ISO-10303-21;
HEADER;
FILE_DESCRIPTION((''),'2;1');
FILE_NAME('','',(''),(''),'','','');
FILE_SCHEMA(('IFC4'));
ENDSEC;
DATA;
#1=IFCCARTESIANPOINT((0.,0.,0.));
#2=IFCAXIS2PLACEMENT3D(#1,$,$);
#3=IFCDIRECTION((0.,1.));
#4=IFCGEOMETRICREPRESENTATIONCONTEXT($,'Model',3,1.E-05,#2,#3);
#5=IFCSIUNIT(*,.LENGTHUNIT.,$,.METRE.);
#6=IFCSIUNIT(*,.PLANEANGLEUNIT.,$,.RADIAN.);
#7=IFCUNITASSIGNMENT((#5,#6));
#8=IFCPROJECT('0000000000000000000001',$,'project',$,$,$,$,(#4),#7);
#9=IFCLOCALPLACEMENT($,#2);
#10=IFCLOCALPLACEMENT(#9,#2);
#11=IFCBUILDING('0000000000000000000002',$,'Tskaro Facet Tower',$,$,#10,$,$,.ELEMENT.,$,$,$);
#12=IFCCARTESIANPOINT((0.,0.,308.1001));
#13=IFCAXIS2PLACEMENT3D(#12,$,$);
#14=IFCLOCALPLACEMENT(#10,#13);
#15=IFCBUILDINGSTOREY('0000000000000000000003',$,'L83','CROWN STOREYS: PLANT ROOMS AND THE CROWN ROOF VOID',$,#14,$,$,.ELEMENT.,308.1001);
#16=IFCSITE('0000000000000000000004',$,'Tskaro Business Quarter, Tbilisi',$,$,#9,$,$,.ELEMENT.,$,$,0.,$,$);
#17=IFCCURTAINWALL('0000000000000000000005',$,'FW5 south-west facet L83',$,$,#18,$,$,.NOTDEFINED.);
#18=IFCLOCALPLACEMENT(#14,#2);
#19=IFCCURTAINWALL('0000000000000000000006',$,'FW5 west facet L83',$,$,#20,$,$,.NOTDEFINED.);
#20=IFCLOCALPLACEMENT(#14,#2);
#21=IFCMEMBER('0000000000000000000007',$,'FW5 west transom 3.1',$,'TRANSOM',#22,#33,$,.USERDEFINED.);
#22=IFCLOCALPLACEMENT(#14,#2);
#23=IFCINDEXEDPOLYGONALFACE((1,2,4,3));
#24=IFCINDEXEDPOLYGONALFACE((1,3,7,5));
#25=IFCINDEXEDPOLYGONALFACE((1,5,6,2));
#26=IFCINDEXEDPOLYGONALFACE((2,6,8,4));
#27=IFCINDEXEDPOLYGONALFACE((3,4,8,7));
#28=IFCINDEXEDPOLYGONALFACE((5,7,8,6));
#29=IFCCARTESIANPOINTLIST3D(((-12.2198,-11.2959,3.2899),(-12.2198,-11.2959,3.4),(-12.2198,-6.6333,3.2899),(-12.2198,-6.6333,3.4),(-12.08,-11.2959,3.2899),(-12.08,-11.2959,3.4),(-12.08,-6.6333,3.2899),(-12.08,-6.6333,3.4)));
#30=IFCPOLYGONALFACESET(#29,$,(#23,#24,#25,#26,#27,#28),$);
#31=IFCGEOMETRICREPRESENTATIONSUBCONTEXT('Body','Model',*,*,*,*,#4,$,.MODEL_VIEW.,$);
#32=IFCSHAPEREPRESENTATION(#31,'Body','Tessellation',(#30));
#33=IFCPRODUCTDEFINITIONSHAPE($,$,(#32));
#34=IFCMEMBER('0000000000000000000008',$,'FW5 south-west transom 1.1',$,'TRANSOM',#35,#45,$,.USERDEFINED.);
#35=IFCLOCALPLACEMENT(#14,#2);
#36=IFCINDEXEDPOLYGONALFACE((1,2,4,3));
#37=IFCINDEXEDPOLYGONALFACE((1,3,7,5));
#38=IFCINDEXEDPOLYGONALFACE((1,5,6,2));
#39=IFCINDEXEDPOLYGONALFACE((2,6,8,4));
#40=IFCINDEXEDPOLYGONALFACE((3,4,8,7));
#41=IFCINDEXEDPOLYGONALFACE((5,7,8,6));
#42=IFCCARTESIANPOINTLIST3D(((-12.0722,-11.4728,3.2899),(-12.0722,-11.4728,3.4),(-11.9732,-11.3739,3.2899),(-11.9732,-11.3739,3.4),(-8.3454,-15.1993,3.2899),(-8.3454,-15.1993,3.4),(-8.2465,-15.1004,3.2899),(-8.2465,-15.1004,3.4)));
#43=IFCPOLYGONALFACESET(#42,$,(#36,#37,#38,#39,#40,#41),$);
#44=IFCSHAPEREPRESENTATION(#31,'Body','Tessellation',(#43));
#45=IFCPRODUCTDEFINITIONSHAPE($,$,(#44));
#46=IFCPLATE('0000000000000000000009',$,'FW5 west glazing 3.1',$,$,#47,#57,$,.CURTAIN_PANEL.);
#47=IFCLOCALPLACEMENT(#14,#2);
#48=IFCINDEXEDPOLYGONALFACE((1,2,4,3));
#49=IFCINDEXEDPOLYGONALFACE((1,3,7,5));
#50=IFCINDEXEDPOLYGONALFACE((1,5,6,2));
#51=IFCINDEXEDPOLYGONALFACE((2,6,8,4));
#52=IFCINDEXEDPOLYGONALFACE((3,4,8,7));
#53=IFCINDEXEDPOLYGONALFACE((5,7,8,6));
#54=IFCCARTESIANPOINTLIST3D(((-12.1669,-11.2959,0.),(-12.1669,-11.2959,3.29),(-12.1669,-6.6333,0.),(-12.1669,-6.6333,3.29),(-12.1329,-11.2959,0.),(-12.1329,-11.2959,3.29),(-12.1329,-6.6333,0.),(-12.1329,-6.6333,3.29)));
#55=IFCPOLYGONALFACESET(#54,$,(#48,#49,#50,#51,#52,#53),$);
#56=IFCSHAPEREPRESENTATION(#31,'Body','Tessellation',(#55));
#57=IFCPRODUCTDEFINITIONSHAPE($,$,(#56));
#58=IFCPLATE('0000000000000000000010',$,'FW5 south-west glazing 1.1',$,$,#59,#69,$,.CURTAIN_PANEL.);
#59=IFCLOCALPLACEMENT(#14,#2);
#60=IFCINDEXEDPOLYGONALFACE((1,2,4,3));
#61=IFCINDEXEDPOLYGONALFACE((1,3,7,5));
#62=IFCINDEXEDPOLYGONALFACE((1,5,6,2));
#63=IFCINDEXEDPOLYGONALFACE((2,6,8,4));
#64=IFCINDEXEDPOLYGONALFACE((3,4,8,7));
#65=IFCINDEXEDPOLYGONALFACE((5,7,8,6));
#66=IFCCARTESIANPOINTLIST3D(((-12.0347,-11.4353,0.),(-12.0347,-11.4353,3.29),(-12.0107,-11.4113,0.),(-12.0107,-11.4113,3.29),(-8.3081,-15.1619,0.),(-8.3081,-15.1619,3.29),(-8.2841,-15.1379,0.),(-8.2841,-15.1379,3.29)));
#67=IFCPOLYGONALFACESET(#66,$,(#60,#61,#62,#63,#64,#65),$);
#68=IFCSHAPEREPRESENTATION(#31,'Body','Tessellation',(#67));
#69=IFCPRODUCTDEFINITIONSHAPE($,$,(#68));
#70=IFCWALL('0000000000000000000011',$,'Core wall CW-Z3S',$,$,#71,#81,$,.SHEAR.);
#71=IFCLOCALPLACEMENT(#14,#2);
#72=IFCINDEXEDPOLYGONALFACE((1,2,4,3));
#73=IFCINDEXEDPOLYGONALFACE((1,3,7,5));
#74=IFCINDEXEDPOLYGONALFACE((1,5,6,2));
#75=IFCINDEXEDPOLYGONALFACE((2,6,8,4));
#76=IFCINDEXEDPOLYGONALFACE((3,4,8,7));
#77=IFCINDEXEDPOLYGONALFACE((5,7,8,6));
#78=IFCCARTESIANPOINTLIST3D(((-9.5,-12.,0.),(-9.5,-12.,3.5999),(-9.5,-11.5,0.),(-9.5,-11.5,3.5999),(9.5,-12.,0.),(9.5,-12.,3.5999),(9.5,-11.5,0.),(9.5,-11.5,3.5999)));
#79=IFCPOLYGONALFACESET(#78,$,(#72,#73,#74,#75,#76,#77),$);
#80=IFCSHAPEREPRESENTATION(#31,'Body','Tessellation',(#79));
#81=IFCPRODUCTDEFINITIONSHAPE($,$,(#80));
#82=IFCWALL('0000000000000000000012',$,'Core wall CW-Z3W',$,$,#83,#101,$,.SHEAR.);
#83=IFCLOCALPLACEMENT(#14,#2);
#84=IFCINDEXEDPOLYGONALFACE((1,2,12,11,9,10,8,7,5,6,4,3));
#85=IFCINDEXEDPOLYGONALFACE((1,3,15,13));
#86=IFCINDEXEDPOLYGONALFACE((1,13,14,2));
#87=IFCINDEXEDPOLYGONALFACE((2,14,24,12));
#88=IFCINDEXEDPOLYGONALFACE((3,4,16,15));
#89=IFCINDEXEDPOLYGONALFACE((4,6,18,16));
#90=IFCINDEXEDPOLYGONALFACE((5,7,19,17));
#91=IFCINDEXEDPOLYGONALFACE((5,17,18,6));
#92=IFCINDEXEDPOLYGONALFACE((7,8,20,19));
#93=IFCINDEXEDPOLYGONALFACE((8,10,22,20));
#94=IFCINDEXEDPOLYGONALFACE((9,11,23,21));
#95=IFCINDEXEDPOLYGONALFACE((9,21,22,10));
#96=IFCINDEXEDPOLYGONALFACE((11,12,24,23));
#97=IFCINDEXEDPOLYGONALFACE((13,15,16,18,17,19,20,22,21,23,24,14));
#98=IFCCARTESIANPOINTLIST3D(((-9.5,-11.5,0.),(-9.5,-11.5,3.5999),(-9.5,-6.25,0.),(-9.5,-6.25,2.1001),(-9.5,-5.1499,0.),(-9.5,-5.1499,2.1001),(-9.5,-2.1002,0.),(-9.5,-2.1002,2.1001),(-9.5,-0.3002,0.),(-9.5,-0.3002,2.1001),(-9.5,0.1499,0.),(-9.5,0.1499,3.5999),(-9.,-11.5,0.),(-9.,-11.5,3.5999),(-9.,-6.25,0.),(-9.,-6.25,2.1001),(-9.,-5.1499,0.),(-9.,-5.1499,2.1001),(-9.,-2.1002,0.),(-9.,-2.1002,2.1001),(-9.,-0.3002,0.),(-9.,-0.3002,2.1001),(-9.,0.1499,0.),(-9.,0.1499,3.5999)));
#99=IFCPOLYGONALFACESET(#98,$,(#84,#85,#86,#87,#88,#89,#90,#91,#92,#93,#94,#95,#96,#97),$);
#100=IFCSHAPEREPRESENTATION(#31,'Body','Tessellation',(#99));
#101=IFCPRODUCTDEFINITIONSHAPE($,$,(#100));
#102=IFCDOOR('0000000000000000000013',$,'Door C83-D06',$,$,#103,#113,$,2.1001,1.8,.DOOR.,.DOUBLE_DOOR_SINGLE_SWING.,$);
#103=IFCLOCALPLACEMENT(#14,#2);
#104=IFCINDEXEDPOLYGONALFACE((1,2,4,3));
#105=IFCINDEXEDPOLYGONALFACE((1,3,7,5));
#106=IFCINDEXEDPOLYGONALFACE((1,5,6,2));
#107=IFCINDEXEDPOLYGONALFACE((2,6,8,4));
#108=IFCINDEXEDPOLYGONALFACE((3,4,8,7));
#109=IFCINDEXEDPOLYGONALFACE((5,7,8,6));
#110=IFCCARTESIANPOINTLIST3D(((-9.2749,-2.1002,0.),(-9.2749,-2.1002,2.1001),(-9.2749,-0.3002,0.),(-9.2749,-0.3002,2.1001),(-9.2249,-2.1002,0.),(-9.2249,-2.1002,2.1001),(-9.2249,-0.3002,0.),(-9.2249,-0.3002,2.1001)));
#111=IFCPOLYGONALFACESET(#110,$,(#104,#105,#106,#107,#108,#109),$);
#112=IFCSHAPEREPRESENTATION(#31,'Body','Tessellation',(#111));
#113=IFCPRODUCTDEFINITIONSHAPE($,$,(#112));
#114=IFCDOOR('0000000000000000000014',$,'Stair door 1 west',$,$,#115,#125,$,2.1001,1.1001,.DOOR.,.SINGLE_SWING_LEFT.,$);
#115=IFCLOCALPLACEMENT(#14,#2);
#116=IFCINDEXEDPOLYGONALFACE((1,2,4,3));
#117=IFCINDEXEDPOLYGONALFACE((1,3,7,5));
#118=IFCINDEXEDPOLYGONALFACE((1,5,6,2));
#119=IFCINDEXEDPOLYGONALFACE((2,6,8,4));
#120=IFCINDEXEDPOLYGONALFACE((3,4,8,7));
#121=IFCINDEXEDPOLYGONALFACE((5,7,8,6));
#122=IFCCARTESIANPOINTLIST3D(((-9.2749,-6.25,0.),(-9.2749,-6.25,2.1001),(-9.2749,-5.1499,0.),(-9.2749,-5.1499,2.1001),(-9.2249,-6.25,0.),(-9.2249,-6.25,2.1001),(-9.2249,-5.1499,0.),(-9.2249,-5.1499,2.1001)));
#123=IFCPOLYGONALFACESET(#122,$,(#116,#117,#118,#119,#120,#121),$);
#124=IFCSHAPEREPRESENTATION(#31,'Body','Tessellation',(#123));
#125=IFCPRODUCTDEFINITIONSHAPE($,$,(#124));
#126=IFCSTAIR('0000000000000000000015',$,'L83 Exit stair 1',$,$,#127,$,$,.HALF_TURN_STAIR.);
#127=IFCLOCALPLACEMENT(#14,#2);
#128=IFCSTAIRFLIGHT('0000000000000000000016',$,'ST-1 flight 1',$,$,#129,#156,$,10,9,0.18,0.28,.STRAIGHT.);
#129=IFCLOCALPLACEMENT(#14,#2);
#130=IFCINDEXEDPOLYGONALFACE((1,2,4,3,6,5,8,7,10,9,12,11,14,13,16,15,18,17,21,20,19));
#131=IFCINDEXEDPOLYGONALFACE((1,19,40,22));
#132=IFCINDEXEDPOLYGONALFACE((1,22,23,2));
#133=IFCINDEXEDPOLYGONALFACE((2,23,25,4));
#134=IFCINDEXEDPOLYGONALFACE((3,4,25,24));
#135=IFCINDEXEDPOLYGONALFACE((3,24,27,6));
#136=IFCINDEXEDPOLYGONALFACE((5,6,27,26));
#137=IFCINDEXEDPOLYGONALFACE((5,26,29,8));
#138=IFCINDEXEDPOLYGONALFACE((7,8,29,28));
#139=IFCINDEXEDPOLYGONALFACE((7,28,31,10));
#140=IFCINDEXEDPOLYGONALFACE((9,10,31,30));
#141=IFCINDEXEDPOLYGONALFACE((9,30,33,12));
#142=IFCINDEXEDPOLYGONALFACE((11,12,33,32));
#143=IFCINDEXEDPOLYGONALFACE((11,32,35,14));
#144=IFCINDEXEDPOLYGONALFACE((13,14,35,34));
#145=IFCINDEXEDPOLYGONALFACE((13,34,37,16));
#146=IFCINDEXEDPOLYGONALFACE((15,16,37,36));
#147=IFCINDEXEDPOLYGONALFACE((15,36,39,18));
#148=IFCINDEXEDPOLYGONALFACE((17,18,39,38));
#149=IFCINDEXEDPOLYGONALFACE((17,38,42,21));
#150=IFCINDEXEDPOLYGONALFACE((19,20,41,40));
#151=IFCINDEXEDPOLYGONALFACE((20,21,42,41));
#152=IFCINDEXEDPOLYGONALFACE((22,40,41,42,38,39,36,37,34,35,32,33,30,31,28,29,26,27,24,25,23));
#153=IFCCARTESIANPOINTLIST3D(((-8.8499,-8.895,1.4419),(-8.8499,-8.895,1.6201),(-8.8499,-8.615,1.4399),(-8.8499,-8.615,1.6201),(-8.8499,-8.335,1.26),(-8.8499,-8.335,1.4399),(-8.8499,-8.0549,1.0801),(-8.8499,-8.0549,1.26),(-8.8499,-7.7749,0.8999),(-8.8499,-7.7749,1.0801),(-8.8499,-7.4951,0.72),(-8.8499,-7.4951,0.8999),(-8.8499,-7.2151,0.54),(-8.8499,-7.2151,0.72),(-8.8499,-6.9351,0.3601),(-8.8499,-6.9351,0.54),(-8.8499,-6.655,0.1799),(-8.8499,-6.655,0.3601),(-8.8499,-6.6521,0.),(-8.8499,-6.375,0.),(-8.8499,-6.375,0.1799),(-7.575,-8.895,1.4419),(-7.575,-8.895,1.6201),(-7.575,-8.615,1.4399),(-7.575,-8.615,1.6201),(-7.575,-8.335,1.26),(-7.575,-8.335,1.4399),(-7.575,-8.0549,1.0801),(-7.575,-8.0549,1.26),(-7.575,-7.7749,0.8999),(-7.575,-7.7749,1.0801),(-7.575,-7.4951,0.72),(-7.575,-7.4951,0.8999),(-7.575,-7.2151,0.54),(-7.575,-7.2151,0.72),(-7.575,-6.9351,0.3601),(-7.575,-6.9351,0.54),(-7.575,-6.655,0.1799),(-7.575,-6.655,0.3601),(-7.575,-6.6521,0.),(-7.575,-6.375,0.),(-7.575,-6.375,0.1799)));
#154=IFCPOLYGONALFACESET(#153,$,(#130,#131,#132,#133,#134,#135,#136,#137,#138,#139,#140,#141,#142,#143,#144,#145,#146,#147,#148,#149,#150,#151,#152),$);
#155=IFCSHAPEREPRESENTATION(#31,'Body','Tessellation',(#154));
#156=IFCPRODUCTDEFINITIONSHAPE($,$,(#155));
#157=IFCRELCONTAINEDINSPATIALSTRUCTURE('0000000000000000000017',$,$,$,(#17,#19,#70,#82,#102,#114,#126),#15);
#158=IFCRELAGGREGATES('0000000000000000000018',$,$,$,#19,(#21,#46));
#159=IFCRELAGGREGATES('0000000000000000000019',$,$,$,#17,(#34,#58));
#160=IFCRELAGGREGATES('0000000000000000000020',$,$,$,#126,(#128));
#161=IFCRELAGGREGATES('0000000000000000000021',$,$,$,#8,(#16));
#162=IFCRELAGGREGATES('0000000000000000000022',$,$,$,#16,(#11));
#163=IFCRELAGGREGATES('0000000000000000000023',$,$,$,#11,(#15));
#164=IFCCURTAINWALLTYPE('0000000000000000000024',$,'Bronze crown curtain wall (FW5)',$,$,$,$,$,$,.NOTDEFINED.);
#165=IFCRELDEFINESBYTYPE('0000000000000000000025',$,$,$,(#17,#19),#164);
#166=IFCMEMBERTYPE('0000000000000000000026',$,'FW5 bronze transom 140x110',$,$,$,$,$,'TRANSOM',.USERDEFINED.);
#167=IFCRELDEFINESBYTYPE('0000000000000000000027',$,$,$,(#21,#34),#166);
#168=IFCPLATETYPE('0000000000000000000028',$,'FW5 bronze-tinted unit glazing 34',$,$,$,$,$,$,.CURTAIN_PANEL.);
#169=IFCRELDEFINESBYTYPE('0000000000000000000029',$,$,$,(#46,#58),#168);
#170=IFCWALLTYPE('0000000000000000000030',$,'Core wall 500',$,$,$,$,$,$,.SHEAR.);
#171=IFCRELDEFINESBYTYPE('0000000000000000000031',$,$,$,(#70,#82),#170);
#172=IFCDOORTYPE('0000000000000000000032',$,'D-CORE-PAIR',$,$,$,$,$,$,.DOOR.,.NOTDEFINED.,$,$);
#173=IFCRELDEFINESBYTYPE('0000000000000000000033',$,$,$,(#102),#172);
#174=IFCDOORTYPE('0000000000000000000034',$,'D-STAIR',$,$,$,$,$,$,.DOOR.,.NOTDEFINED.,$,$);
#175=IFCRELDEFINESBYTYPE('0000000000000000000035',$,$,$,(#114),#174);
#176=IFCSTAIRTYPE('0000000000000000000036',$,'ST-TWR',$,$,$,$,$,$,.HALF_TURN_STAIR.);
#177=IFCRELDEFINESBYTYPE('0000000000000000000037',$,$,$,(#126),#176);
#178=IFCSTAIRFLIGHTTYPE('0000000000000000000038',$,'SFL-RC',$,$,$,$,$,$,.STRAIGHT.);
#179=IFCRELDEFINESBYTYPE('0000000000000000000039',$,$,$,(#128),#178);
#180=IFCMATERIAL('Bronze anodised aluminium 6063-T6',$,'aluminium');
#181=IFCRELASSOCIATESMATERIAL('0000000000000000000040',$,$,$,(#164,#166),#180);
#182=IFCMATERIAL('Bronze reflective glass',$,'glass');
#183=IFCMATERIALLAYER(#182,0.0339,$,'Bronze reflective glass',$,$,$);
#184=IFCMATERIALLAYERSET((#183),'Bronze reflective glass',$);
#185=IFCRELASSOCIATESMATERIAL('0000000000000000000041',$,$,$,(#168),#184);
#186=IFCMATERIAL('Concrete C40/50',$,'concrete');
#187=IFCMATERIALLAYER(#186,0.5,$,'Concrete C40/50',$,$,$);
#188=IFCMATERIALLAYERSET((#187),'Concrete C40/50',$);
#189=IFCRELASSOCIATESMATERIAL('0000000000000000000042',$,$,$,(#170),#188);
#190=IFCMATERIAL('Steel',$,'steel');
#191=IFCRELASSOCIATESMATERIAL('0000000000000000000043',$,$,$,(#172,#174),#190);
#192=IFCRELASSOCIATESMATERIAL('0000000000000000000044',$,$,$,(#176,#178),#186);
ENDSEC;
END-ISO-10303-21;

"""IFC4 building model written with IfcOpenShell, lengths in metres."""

from ifc_helpers import new_model, si_unit, direction, frame, frame_2d, origin, origin_2d, place, context, subcontext, project, spatial, polyline, rectangle, outline, extrude, material, layer, layer_set, material_profile, profile_set, type_object, element, fill, aggregate, save


model = new_model("IFC4")

# Units and contexts
model_context = context("Model", 3, precision=1e-05, world=origin(), true_north=direction((0.0, 1.0)))
body_context = subcontext(model_context, "Body", "Model", "MODEL_VIEW")
ifc_project = project(units=[si_unit("LENGTHUNIT", "METRE"), si_unit("PLANEANGLEUNIT", "RADIAN")], contexts=[model_context])

# Site, building, storey
site_placement = place(None, origin())
site = spatial("IfcSite", under=ifc_project, at=site_placement, Name="Tskaro Business Quarter, Tbilisi", CompositionType="ELEMENT", RefElevation=0.0)
building_placement = place(site_placement, origin())
building = spatial("IfcBuilding", under=site, at=building_placement, Name="Tskaro Facet Tower", CompositionType="ELEMENT")
storey_placement = place(building_placement, frame((0.0, 0.0, 308.1001)))
storey = spatial("IfcBuildingStorey", under=building, at=storey_placement, Name="L83", Description="CROWN STOREYS: PLANT ROOMS AND THE CROWN ROOF VOID", CompositionType="ELEMENT", Elevation=308.1001)

# Curtain walls
ifc_material_1 = material(Name="Bronze anodised aluminium 6063-T6", Category="aluminium")
curtain_wall_type = type_object("IfcCurtainWallType", Name="Bronze crown curtain wall (FW5)", PredefinedType="NOTDEFINED", material=ifc_material_1)
curtain_wall_1_placement = place(storey_placement, origin())
curtain_wall_1 = element("IfcCurtainWall", 1, at=curtain_wall_1_placement, inside=storey, type_object=curtain_wall_type, Name="FW5 south-west facet L83", PredefinedType="NOTDEFINED")
curtain_wall_2_placement = place(storey_placement, origin())
curtain_wall_2 = element("IfcCurtainWall", 2, at=curtain_wall_2_placement, inside=storey, type_object=curtain_wall_type, Name="FW5 west facet L83", PredefinedType="NOTDEFINED")

# Members
ifc_material_profile_1 = material_profile(ifc_material_1, rectangle(XDim=0.1399, YDim=0.1101, at=origin_2d()), Name="Transom 140x110")
ifc_profile_set_1 = profile_set([ifc_material_profile_1], Name="Bronze anodised aluminium 6063-T6")
member_type_1 = type_object("IfcMemberType", Name="FW5 bronze transom 140x110", ElementType="TRANSOM", PredefinedType="USERDEFINED", material=ifc_profile_set_1)
member_1_placement = place(storey_placement, frame((-12.1499, -6.6333, 3.345), z_axis=(0.0, -1.0, 0.0), x_axis=(1.0, 0.0, 0.0)))
member_1 = element("IfcMember", 3, at=member_1_placement, type_object=member_type_1, Name="FW5 west transom 3.1", ObjectType="TRANSOM", PredefinedType="USERDEFINED", context=body_context, shape_type="SweptSolid", body=[
    extrude(rectangle(XDim=0.1399, YDim=0.1101, at=origin_2d()), origin(), (0.0, 0.0, 1.0), 4.6626),
])
member_2_placement = place(storey_placement, frame((-12.0227, -11.4233, 3.345), z_axis=(0.70713, -0.707084, 0.0), x_axis=(0.707084, 0.70713, 0.0)))
member_2 = element("IfcMember", 4, at=member_2_placement, type_object=member_type_1, Name="FW5 south-west transom 1.1", ObjectType="TRANSOM", PredefinedType="USERDEFINED", context=body_context, shape_type="SweptSolid", body=[
    extrude(rectangle(XDim=0.1399, YDim=0.1101, at=origin_2d()), origin(), (0.0, 0.0, 1.0), 5.2703),
])

# Plates
ifc_material_2 = material(Name="Bronze reflective glass", Category="glass")
ifc_layer_1 = layer(ifc_material_2, 0.0339, Name="Bronze reflective glass")
ifc_layer_set_1 = layer_set([ifc_layer_1], Name="Bronze reflective glass")
plate_type = type_object("IfcPlateType", Name="FW5 bronze-tinted unit glazing 34", PredefinedType="CURTAIN_PANEL", material=ifc_layer_set_1)
plate_1_placement = place(storey_placement, frame((-12.1499, -8.9646, 0.0), z_axis=(0.0, 0.0, 1.0), x_axis=(0.0, -1.0, 0.0)))
plate_1 = element("IfcPlate", 5, at=plate_1_placement, type_object=plate_type, Name="FW5 west glazing 3.1", PredefinedType="CURTAIN_PANEL", context=body_context, shape_type="SweptSolid", body=[
    extrude(rectangle(XDim=4.6626, YDim=0.0339, at=origin_2d()), origin(), (0.0, 0.0, 1.0), 3.29),
])
aggregate(curtain_wall_2, [member_1, plate_1])
plate_2_placement = place(storey_placement, frame((-10.1594, -13.2866, 0.0), z_axis=(0.0, 0.0, 1.0), x_axis=(0.707107, -0.707107, 0.0)))
plate_2 = element("IfcPlate", 6, at=plate_2_placement, type_object=plate_type, Name="FW5 south-west glazing 1.1", PredefinedType="CURTAIN_PANEL", context=body_context, shape_type="SweptSolid", body=[
    extrude(rectangle(XDim=5.2703, YDim=0.0339, at=origin_2d()), origin(), (0.0, 0.0, 1.0), 3.29),
])
aggregate(curtain_wall_1, [member_2, plate_2])

# Wall
ifc_material_3 = material(Name="Concrete C40/50", Category="concrete")
ifc_layer_2 = layer(ifc_material_3, 0.5, Name="Concrete C40/50")
ifc_layer_set_2 = layer_set([ifc_layer_2], Name="Concrete C40/50")
wall_type = type_object("IfcWallType", Name="Core wall 500", PredefinedType="SHEAR", material=ifc_layer_set_2)
wall_1_placement = place(storey_placement, frame((-9.5, -11.75, 0.0), z_axis=(0.0, 0.0, 1.0), x_axis=(1.0, 0.0, 0.0)))
element("IfcWall", 7, at=wall_1_placement, inside=storey, type_object=wall_type, Name="Core wall CW-Z3S", PredefinedType="SHEAR", context=body_context, shape_type="SweptSolid", body=[
    extrude(outline(polyline([(0.0, 0.0), (19.0, 0.0), (19.0, 3.5999), (0.0, 3.5999), (0.0, 0.0)])), frame((0.0, 0.25, 0.0), z_axis=(0.0, -1.0, 0.0), x_axis=(1.0, 0.0, 0.0)), (0.0, 0.0, 1.0), 0.5),
])

# Wall, openings, doors
wall_2_placement = place(storey_placement, frame((-9.25, -11.5, 0.0), z_axis=(0.0, 0.0, 1.0), x_axis=(0.0, 1.0, 0.0)))
wall_2 = element("IfcWall", 8, at=wall_2_placement, inside=storey, type_object=wall_type, Name="Core wall CW-Z3W", PredefinedType="SHEAR", context=body_context, shape_type="SweptSolid", body=[
    extrude(outline(polyline([(0.0, 0.0), (11.6499, 0.0), (11.6499, 3.5999), (0.0, 3.5999), (0.0, 0.0)])), frame((0.0, 0.25, 0.0), z_axis=(0.0, -1.0, 0.0), x_axis=(1.0, 0.0, 0.0)), (0.0, 0.0, 1.0), 0.5),
])
opening_1_placement = place(wall_2_placement, frame((9.3999, 0.0, 0.0)))
opening_1 = element("IfcOpeningElement", 9, at=opening_1_placement, cuts=wall_2, PredefinedType="OPENING", context=body_context, shape_type="SweptSolid", body=[
    extrude(rectangle(XDim=1.8, YDim=2.1001, at=frame_2d((0.8999, 1.05))), frame((0.0, 0.26, 0.0), z_axis=(0.0, -1.0, 0.0), x_axis=(1.0, 0.0, 0.0)), (0.0, 0.0, 1.0), 0.52),
])
opening_2_placement = place(wall_2_placement, frame((5.25, 0.0, 0.0)))
opening_2 = element("IfcOpeningElement", 10, at=opening_2_placement, cuts=wall_2, PredefinedType="OPENING", context=body_context, shape_type="SweptSolid", body=[
    extrude(rectangle(XDim=1.1001, YDim=2.1001, at=frame_2d((0.55, 1.05))), frame((0.0, 0.26, 0.0), z_axis=(0.0, -1.0, 0.0), x_axis=(1.0, 0.0, 0.0)), (0.0, 0.0, 1.0), 0.52),
])
ifc_material_4 = material(Name="Steel", Category="steel")
door_type_1 = type_object("IfcDoorType", Name="D-CORE-PAIR", OperationType="NOTDEFINED", PredefinedType="DOOR", material=ifc_material_4)
door_1_placement = place(opening_1_placement, origin())
door_1 = element("IfcDoor", 11, at=door_1_placement, inside=storey, type_object=door_type_1, Name="Door C83-D06", OperationType="DOUBLE_DOOR_SINGLE_SWING", OverallHeight=2.1001, OverallWidth=1.8, PredefinedType="DOOR", context=body_context, shape_type="SweptSolid", body=[
    extrude(rectangle(XDim=1.8, YDim=2.1001, at=frame_2d((0.8999, 1.05))), frame((0.0, 0.0249, 0.0), z_axis=(0.0, -1.0, 0.0), x_axis=(1.0, 0.0, 0.0)), (0.0, 0.0, 1.0), 0.05),
])
fill(opening_1, door_1)
door_type_2 = type_object("IfcDoorType", Name="D-STAIR", OperationType="NOTDEFINED", PredefinedType="DOOR", material=ifc_material_4)
door_2_placement = place(opening_2_placement, origin())
door_2 = element("IfcDoor", 12, at=door_2_placement, inside=storey, type_object=door_type_2, Name="Stair door 1 west", OperationType="SINGLE_SWING_LEFT", OverallHeight=2.1001, OverallWidth=1.1001, PredefinedType="DOOR", context=body_context, shape_type="SweptSolid", body=[
    extrude(rectangle(XDim=1.1001, YDim=2.1001, at=frame_2d((0.55, 1.05))), frame((0.0, 0.0249, 0.0), z_axis=(0.0, -1.0, 0.0), x_axis=(1.0, 0.0, 0.0)), (0.0, 0.0, 1.0), 0.05),
])
fill(opening_2, door_2)

# Stair, stair flight
stair_type = type_object("IfcStairType", Name="ST-TWR", PredefinedType="HALF_TURN_STAIR", material=ifc_material_3)
stair_placement = place(storey_placement, origin())
stair = element("IfcStair", 13, at=stair_placement, inside=storey, type_object=stair_type, Name="L83 Exit stair 1", PredefinedType="HALF_TURN_STAIR")
stair_flight_type = type_object("IfcStairFlightType", Name="SFL-RC", PredefinedType="STRAIGHT", material=ifc_material_3)
stair_flight_placement = place(storey_placement, frame((-8.2124, -6.375, 0.0), z_axis=(0.0, 0.0, 1.0), x_axis=(0.0, -1.0, 0.0)))
stair_flight = element("IfcStairFlight", 14, at=stair_flight_placement, type_object=stair_flight_type, Name="ST-1 flight 1", NumberOfRisers=10, NumberOfTreads=9, PredefinedType="STRAIGHT", RiserHeight=0.18, TreadLength=0.28, context=body_context, shape_type="SweptSolid", body=[
    extrude(outline(polyline([(0.0, 0.0), (0.0, 0.1799), (0.28, 0.1799), (0.28, 0.3601), (0.5601, 0.3601), (0.5601, 0.54), (0.8401, 0.54), (0.8401, 0.72), (1.1201, 0.72), (1.1201, 0.8999), (1.3999, 0.8999), (1.3999, 1.0801), (1.6799, 1.0801), (1.6799, 1.26), (1.96, 1.26), (1.96, 1.4399), (2.24, 1.4399), (2.24, 1.6201), (2.52, 1.6201), (2.52, 1.8), (2.52, 1.4419), (0.2771, 0.0), (0.0, 0.0)])), frame((0.0, 0.6375, 0.0), z_axis=(0.0, -1.0, 0.0), x_axis=(1.0, 0.0, 0.0)), (0.0, 0.0, 1.0), 1.2749),
])
aggregate(stair, [stair_flight])

save(model, "model.ifc")
